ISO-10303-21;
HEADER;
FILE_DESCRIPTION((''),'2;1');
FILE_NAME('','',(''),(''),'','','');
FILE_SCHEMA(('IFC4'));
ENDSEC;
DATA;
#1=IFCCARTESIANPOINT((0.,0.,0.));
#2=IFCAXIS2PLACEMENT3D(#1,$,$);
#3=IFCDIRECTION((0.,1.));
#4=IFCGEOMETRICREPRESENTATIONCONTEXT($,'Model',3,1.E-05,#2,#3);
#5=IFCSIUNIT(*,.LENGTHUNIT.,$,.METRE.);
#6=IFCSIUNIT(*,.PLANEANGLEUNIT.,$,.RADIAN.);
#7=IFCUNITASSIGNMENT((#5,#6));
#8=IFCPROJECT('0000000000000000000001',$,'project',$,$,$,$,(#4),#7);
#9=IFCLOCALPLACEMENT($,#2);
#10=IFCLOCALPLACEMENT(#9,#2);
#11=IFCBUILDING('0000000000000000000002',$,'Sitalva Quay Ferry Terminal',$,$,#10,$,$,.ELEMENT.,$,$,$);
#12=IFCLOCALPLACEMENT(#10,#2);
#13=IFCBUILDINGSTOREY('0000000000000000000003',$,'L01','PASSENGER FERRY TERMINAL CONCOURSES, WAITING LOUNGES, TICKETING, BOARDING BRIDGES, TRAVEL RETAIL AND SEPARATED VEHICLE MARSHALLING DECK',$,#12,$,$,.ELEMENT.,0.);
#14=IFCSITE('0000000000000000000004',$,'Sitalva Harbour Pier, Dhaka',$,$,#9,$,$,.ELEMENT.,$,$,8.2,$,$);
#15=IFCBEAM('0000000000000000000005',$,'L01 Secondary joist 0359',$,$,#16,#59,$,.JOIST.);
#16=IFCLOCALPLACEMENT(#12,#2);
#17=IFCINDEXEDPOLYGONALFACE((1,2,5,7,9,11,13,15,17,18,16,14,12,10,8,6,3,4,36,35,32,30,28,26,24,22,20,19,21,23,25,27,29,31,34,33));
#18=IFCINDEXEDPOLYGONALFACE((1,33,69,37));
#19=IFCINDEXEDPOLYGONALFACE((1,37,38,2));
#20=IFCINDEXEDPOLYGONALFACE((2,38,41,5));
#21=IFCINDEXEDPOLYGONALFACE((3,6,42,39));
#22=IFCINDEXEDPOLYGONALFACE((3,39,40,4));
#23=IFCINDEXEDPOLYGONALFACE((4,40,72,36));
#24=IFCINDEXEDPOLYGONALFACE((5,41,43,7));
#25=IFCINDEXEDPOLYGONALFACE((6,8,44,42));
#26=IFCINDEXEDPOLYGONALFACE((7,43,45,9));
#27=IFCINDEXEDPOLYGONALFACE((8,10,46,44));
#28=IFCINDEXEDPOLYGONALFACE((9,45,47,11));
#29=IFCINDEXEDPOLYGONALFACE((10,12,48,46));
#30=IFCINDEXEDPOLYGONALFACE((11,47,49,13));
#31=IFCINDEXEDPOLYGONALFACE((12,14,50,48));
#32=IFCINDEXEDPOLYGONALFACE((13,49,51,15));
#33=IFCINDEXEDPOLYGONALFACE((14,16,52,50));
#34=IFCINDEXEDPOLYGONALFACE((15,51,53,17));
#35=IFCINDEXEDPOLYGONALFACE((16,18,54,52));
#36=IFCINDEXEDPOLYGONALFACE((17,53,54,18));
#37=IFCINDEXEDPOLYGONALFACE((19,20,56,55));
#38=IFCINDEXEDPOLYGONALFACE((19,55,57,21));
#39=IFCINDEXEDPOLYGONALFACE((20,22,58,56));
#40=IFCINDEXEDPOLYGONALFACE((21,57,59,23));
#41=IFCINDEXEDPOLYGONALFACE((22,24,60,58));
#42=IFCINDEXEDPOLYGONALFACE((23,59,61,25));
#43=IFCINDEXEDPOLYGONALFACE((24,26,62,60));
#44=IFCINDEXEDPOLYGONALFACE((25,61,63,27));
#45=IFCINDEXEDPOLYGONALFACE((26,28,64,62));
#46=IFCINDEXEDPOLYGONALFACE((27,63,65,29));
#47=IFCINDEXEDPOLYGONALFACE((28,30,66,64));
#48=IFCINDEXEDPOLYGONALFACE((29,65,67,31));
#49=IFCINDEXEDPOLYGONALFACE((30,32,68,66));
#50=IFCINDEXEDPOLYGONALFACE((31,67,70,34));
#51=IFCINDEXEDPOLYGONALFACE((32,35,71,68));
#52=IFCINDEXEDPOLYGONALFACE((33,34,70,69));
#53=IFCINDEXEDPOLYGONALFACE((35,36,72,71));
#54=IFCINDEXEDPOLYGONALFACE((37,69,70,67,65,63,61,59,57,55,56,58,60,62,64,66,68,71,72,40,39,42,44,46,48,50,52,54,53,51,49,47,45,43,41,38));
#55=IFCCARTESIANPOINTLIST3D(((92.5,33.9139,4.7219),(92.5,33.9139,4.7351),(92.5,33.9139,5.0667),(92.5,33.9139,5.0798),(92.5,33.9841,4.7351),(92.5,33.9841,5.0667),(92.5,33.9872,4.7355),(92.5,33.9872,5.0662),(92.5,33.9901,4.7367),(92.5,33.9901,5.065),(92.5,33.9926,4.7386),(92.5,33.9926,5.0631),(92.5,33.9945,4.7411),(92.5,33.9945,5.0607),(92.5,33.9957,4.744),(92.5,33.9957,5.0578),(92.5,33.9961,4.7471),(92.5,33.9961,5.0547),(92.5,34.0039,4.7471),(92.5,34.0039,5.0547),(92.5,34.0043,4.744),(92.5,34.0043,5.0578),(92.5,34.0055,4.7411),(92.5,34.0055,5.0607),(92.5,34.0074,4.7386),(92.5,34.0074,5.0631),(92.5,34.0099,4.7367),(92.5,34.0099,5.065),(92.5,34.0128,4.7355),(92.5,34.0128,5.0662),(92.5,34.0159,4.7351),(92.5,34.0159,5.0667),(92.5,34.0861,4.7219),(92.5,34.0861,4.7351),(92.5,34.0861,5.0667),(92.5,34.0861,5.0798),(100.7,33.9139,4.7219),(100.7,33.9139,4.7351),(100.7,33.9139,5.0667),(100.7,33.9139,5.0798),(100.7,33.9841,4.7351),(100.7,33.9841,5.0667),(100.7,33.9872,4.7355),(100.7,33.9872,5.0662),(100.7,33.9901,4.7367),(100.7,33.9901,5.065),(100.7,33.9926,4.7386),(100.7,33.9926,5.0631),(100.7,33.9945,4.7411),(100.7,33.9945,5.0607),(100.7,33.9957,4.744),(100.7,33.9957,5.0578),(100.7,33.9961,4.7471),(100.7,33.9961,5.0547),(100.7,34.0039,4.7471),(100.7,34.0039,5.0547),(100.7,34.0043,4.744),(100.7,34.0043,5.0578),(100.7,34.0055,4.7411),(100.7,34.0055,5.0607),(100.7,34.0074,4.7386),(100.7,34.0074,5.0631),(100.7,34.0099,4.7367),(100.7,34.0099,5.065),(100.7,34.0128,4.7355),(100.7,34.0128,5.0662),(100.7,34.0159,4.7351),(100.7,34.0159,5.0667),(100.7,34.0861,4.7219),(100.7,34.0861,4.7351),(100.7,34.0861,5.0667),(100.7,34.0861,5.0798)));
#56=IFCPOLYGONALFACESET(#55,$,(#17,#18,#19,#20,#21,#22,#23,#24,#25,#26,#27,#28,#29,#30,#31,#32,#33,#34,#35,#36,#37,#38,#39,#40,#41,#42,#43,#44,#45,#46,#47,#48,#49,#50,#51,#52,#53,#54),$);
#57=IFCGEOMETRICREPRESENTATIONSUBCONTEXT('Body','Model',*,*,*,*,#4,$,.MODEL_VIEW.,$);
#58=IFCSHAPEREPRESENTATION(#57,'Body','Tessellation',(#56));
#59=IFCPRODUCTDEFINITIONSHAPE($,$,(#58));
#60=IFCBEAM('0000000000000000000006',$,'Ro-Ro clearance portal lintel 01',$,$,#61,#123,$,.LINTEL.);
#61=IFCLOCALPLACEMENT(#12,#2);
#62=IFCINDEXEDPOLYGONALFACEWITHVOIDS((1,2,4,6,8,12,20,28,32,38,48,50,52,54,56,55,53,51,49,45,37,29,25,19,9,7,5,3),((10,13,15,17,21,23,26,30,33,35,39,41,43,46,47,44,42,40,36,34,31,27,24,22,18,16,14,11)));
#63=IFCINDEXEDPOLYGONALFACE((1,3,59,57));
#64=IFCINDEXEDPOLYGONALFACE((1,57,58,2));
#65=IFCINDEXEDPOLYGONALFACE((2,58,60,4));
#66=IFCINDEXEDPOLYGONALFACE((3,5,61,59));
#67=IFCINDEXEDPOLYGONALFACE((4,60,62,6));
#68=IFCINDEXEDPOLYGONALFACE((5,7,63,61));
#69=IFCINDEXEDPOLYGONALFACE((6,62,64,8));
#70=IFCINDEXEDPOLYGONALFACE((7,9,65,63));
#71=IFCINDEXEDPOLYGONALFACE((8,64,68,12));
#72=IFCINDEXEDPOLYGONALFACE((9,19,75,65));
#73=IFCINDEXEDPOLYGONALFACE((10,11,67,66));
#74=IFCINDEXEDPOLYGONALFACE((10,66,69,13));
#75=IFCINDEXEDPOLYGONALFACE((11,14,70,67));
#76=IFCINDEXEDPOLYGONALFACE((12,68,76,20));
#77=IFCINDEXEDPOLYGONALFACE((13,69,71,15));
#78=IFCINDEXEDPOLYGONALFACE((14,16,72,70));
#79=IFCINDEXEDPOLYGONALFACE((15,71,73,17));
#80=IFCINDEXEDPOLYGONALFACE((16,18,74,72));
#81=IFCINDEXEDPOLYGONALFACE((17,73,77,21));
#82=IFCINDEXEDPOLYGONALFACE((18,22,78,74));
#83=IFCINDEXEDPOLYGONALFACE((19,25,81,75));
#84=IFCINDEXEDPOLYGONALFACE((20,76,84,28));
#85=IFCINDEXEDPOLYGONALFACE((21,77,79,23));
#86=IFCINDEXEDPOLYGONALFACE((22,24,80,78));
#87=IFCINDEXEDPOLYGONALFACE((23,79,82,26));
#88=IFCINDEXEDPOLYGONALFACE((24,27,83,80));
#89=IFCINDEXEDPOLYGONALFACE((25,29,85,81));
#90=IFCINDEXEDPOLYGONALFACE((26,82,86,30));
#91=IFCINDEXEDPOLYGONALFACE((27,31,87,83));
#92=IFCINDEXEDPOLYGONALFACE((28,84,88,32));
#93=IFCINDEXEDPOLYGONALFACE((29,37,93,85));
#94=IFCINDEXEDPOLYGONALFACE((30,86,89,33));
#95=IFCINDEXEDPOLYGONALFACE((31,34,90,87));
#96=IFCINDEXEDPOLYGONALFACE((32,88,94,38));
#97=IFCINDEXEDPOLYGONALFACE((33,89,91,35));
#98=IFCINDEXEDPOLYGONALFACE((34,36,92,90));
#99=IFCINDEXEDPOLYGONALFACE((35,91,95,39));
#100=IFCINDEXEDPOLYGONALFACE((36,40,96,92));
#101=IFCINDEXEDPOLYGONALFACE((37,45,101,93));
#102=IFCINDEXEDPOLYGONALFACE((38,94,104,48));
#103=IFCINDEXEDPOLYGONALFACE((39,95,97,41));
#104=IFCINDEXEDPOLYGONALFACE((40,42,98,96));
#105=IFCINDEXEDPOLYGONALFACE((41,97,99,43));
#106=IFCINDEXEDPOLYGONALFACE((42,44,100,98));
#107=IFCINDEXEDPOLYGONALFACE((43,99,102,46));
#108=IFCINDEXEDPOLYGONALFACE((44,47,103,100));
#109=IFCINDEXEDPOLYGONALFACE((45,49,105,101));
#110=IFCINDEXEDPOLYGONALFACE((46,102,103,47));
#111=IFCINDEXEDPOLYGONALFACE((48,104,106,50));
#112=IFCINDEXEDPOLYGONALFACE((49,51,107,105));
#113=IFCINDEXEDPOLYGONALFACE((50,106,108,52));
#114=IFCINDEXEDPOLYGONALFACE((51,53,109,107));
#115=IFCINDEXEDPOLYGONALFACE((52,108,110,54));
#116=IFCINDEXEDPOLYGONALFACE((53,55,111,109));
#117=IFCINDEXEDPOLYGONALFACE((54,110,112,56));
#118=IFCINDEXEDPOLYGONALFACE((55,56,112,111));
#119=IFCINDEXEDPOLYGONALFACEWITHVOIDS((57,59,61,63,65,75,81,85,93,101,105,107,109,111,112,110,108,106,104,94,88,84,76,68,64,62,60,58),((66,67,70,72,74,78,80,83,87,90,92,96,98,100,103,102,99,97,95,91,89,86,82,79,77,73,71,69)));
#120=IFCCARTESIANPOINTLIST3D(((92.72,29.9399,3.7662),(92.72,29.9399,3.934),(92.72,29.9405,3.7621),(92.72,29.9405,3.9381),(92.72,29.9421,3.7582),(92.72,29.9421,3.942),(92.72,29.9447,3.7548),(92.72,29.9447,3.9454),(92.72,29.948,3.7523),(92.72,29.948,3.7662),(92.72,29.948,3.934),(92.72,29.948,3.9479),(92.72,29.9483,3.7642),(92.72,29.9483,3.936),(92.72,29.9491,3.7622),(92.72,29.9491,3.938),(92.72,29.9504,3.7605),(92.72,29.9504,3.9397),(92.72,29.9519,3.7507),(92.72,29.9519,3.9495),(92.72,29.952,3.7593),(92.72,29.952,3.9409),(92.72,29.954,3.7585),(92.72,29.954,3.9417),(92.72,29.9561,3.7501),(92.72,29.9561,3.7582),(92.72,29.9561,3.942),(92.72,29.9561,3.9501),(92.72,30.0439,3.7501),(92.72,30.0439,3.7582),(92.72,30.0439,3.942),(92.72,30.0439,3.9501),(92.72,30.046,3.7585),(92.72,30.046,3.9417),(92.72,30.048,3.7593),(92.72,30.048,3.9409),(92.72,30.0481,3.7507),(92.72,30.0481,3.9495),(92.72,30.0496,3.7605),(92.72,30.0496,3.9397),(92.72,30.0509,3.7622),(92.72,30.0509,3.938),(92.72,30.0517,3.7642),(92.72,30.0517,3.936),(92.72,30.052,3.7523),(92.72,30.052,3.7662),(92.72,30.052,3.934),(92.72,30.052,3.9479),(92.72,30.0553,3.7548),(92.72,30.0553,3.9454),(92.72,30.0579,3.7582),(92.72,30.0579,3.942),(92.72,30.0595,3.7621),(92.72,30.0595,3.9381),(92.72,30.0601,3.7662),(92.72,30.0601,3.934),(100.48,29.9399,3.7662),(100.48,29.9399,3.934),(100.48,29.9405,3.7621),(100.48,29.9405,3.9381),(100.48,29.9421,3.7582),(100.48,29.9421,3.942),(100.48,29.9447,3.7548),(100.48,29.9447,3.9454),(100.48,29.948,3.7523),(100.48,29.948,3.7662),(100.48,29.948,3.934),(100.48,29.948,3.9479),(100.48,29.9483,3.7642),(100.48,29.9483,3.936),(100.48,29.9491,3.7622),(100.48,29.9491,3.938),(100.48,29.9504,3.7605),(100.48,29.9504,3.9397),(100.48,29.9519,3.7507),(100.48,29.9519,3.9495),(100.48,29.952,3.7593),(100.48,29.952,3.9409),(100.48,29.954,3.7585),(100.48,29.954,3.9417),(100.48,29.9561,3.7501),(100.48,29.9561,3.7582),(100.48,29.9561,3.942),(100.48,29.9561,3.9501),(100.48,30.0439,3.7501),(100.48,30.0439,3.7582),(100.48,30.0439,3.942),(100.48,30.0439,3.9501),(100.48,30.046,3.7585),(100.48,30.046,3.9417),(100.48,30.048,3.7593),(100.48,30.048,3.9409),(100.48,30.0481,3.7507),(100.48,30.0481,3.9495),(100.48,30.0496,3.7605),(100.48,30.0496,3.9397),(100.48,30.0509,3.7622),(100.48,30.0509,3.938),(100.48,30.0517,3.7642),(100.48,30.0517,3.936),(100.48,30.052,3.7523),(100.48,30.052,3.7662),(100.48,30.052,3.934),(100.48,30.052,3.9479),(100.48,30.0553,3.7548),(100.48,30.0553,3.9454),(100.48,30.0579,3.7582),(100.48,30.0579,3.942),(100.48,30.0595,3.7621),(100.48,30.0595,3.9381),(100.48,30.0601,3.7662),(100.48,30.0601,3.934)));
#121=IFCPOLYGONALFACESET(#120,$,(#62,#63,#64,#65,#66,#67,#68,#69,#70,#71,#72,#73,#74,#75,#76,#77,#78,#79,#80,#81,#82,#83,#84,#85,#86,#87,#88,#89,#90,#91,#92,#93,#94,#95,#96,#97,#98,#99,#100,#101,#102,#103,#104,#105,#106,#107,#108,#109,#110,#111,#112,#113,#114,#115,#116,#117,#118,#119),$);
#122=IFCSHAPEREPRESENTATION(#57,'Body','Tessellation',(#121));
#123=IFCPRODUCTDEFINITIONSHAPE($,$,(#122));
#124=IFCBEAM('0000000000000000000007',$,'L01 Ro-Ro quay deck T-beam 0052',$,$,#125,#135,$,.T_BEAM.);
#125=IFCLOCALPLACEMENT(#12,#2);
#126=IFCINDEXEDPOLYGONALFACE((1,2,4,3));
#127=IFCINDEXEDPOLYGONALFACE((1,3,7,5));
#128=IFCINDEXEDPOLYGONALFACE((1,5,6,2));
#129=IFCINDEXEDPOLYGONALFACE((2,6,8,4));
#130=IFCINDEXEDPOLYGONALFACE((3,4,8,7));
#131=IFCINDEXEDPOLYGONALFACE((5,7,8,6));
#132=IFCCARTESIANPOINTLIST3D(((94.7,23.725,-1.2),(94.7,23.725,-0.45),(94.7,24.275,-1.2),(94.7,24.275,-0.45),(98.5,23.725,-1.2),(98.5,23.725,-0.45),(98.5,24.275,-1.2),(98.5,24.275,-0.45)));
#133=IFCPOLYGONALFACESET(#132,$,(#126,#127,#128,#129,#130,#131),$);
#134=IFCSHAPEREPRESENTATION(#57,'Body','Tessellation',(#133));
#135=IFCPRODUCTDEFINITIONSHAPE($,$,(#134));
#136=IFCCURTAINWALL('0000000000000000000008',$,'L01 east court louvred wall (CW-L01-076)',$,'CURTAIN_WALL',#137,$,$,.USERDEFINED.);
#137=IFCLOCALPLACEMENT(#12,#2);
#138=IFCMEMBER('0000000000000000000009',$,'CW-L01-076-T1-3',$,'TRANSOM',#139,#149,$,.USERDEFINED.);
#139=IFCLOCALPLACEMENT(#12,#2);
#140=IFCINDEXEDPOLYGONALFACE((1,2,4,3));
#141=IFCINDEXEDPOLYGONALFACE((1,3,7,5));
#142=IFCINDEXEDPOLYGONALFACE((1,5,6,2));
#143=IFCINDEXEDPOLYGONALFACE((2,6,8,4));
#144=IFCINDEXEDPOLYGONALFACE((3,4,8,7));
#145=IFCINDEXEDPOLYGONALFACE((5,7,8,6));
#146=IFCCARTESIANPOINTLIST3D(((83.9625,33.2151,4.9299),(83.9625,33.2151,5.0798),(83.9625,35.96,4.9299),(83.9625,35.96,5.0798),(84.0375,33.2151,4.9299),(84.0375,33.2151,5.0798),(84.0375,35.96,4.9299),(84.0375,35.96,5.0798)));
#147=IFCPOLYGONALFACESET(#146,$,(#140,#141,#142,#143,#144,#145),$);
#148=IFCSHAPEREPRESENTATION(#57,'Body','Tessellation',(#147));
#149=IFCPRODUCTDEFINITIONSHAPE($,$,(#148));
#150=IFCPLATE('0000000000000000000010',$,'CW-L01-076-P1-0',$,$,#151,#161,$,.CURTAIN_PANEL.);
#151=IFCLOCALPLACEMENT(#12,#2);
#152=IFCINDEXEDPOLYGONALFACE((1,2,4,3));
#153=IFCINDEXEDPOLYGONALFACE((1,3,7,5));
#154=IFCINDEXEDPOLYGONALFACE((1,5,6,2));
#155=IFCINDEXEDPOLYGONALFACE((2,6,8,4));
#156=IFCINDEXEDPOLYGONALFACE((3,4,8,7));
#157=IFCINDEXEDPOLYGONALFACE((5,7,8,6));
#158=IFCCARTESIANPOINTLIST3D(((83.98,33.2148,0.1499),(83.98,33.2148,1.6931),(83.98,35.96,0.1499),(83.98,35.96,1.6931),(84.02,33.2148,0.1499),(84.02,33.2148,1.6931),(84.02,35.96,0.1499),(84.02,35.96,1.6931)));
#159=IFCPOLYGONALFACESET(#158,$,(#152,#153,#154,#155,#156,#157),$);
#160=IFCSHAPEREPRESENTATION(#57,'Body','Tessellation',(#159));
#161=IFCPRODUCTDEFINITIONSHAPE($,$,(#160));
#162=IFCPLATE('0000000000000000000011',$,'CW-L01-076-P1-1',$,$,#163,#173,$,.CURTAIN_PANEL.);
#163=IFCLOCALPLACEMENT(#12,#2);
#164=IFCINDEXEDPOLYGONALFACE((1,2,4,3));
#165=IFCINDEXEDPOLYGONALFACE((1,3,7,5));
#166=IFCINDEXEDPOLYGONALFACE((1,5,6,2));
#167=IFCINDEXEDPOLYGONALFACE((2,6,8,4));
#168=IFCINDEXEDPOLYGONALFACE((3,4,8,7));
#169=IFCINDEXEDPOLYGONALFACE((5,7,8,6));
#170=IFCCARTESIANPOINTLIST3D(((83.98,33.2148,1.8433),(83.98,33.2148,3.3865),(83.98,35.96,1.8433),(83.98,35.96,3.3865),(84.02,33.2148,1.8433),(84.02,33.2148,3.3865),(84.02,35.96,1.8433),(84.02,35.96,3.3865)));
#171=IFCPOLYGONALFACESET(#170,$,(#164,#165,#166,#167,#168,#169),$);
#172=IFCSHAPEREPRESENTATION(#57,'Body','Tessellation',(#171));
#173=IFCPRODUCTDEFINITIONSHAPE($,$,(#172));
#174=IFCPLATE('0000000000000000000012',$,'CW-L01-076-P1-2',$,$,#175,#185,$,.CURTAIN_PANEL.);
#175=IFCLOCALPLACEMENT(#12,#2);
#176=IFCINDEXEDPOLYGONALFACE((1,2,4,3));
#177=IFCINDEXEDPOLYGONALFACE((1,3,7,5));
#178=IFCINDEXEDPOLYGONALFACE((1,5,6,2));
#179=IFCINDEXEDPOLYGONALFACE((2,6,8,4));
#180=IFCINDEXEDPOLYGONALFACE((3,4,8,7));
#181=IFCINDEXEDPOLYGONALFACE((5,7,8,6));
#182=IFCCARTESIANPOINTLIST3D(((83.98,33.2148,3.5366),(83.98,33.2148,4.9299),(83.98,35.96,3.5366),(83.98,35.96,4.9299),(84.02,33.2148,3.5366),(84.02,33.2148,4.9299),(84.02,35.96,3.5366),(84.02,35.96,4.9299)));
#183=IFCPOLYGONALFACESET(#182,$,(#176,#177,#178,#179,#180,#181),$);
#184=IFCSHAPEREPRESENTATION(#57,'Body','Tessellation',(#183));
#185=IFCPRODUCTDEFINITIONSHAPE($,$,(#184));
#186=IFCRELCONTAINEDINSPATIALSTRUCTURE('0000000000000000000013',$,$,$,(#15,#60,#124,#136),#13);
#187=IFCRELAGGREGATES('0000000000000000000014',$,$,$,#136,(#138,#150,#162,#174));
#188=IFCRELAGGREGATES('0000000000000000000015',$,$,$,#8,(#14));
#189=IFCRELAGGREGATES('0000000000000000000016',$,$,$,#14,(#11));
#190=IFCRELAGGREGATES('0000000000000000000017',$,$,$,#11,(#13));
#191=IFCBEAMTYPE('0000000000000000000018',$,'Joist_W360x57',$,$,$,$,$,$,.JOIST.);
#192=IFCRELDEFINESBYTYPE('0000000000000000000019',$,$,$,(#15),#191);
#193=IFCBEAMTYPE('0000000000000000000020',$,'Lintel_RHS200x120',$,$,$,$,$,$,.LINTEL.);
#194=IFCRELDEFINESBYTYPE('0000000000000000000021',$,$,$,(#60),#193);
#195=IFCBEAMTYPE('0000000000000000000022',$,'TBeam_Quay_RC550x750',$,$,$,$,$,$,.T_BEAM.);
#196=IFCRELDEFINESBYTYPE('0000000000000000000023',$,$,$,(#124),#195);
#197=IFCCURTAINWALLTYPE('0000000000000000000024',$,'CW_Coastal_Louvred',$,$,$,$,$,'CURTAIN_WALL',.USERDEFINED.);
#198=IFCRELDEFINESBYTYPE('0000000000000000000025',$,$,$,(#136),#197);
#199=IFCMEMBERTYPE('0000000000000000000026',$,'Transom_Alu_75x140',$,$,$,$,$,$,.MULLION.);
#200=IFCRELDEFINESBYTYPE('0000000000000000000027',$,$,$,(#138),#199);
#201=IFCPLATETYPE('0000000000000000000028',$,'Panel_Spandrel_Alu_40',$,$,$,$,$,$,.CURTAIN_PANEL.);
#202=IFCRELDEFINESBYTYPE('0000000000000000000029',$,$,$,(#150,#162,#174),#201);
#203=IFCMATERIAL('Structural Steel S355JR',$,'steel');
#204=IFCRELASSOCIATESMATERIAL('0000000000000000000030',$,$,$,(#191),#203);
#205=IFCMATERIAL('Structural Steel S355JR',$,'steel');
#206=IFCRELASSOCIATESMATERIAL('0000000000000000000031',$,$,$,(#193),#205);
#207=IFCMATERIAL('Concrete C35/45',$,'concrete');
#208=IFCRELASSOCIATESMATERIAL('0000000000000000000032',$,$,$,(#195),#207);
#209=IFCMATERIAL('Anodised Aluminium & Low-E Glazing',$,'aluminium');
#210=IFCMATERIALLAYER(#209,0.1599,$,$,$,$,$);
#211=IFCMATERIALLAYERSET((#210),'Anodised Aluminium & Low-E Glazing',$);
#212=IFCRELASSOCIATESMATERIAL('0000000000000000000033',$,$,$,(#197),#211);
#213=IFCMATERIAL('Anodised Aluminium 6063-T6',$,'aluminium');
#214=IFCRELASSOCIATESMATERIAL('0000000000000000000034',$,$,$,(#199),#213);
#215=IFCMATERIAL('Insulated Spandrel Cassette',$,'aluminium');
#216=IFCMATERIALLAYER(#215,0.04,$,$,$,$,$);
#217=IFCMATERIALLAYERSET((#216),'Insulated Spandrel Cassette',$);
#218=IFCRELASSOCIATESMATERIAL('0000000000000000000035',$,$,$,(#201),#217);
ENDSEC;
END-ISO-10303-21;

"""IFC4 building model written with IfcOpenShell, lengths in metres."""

from ifc_helpers import new_model, si_unit, direction, frame, origin, origin_2d, place, context, subcontext, project, spatial, rectangle, hollow_rectangle, i_section, extrude, material, layer, layer_set, material_profile, profile_set, type_object, element, aggregate, save


model = new_model("IFC4")

# Units and contexts
model_context = context("Model", 3, precision=1e-05, world=origin(), true_north=direction((0.0, 1.0)))
body_context = subcontext(model_context, "Body", "Model", "MODEL_VIEW")
ifc_project = project(units=[si_unit("LENGTHUNIT", "METRE"), si_unit("PLANEANGLEUNIT", "RADIAN")], contexts=[model_context])

# Site, building, storey
site_placement = place(None, origin())
site = spatial("IfcSite", under=ifc_project, at=site_placement, Name="Sitalva Harbour Pier, Dhaka", CompositionType="ELEMENT", RefElevation=8.2)
building_placement = place(site_placement, origin())
building = spatial("IfcBuilding", under=site, at=building_placement, Name="Sitalva Quay Ferry Terminal", CompositionType="ELEMENT")
storey_placement = place(building_placement, origin())
storey = spatial("IfcBuildingStorey", under=building, at=storey_placement, Name="L01", Description="PASSENGER FERRY TERMINAL CONCOURSES, WAITING LOUNGES, TICKETING, BOARDING BRIDGES, TRAVEL RETAIL AND SEPARATED VEHICLE MARSHALLING DECK", CompositionType="ELEMENT", Elevation=0.0)

# Beams
ifc_material_1 = material(Name="Structural Steel S355JR", Category="steel")
ifc_material_profile_1 = material_profile(ifc_material_1, i_section(OverallWidth=0.1721, OverallDepth=0.3579, WebThickness=0.0078, FlangeThickness=0.0132, FilletRadius=0.012, at=origin_2d()), Name="W360x57")
ifc_profile_set_1 = profile_set([ifc_material_profile_1], Name="Structural Steel S355JR")
beam_type_1 = type_object("IfcBeamType", Name="Joist_W360x57", PredefinedType="JOIST", material=ifc_profile_set_1)
for number, where, z_axis, x_axis, name in (
    (1, (92.5, 34.0, 4.9009), (1.0, 0.0, 0.0), (0.0, 1.0, 0.0), "L01 Secondary joist 0359"),
):
    element("IfcBeam", number, at=place(storey_placement, frame(where, z_axis=z_axis, x_axis=x_axis)), inside=storey, type_object=beam_type_1, Name=name, PredefinedType="JOIST", context=body_context, shape_type="SweptSolid", body=[
        extrude(i_section(OverallWidth=0.1721, OverallDepth=0.3579, WebThickness=0.0078, FlangeThickness=0.0132, FilletRadius=0.012, at=origin_2d()), origin(), (0.0, 0.0, 1.0), 8.2),
    ])
ifc_material_2 = material(Name="Structural Steel S355JR", Category="steel")
ifc_material_profile_2 = material_profile(ifc_material_2, hollow_rectangle(XDim=0.1201, YDim=0.2, WallThickness=0.0081, InnerFilletRadius=0.0081, OuterFilletRadius=0.0161, at=origin_2d()), Name="RHS200x120x8")
ifc_profile_set_2 = profile_set([ifc_material_profile_2], Name="Structural Steel S355JR")
beam_type_2 = type_object("IfcBeamType", Name="Lintel_RHS200x120", PredefinedType="LINTEL", material=ifc_profile_set_2)
beam_1_placement = place(storey_placement, frame((92.72, 30.0, 3.8501), z_axis=(1.0, 0.0, 0.0), x_axis=(0.0, 1.0, 0.0)))
element("IfcBeam", 2, at=beam_1_placement, inside=storey, type_object=beam_type_2, Name="Ro-Ro clearance portal lintel 01", PredefinedType="LINTEL", context=body_context, shape_type="SweptSolid", body=[
    extrude(hollow_rectangle(XDim=0.1201, YDim=0.2, WallThickness=0.0081, InnerFilletRadius=0.0081, OuterFilletRadius=0.0161, at=origin_2d()), origin(), (0.0, 0.0, 1.0), 7.76),
])
ifc_material_3 = material(Name="Concrete C35/45", Category="concrete")
ifc_material_profile_3 = material_profile(ifc_material_3, rectangle(XDim=0.55, YDim=0.75, at=origin_2d()), Name="RC550x750")
ifc_profile_set_3 = profile_set([ifc_material_profile_3], Name="Concrete C35/45")
beam_type_3 = type_object("IfcBeamType", Name="TBeam_Quay_RC550x750", PredefinedType="T_BEAM", material=ifc_profile_set_3)
beam_2_placement = place(storey_placement, frame((94.7, 24.0, -0.825), z_axis=(1.0, 0.0, 0.0), x_axis=(0.0, 1.0, 0.0)))
element("IfcBeam", 3, at=beam_2_placement, inside=storey, type_object=beam_type_3, Name="L01 Ro-Ro quay deck T-beam 0052", PredefinedType="T_BEAM", context=body_context, shape_type="SweptSolid", body=[
    extrude(rectangle(XDim=0.55, YDim=0.75, at=origin_2d()), origin(), (0.0, 0.0, 1.0), 3.8),
])

# Curtain wall, member, plates
ifc_material_4 = material(Name="Anodised Aluminium & Low-E Glazing", Category="aluminium")
ifc_layer_1 = layer(ifc_material_4, 0.1599)
ifc_layer_set_1 = layer_set([ifc_layer_1], Name="Anodised Aluminium & Low-E Glazing")
curtain_wall_type = type_object("IfcCurtainWallType", Name="CW_Coastal_Louvred", ElementType="CURTAIN_WALL", PredefinedType="USERDEFINED", material=ifc_layer_set_1)
curtain_wall_placement = place(storey_placement, origin())
curtain_wall = element("IfcCurtainWall", 4, at=curtain_wall_placement, inside=storey, type_object=curtain_wall_type, Name="L01 east court louvred wall (CW-L01-076)", ObjectType="CURTAIN_WALL", PredefinedType="USERDEFINED")
ifc_material_5 = material(Name="Anodised Aluminium 6063-T6", Category="aluminium")
ifc_material_profile_4 = material_profile(ifc_material_5, rectangle(XDim=0.075, YDim=0.1499, at=origin_2d()), Name="ALU75x150")
ifc_profile_set_4 = profile_set([ifc_material_profile_4], Name="Anodised Aluminium 6063-T6")
member_type = type_object("IfcMemberType", Name="Transom_Alu_75x140", PredefinedType="MULLION", material=ifc_profile_set_4)
member_placement = place(storey_placement, frame((84.0, 33.2151, 5.0049), z_axis=(0.0, 1.0, 0.0), x_axis=(-1.0, 0.0, 0.0)))
member = element("IfcMember", 5, at=member_placement, type_object=member_type, Name="CW-L01-076-T1-3", ObjectType="TRANSOM", PredefinedType="USERDEFINED", context=body_context, shape_type="SweptSolid", body=[
    extrude(rectangle(XDim=0.075, YDim=0.1499, at=origin_2d()), origin(), (0.0, 0.0, 1.0), 2.7449),
])
ifc_material_6 = material(Name="Insulated Spandrel Cassette", Category="aluminium")
ifc_layer_2 = layer(ifc_material_6, 0.04)
ifc_layer_set_2 = layer_set([ifc_layer_2], Name="Insulated Spandrel Cassette")
plate_type = type_object("IfcPlateType", Name="Panel_Spandrel_Alu_40", PredefinedType="CURTAIN_PANEL", material=ifc_layer_set_2)
plate_1_placement = place(storey_placement, frame((84.0, 34.5874, 0.1499), z_axis=(0.0, 0.0, 1.0), x_axis=(0.0, 1.0, 0.0)))
plate_1 = element("IfcPlate", 6, at=plate_1_placement, type_object=plate_type, Name="CW-L01-076-P1-0", PredefinedType="CURTAIN_PANEL", context=body_context, shape_type="SweptSolid", body=[
    extrude(rectangle(XDim=2.7451, YDim=0.04, at=origin_2d()), origin(), (0.0, 0.0, 1.0), 1.5432),
])
plate_2_placement = place(storey_placement, frame((84.0, 34.5874, 1.8433), z_axis=(0.0, 0.0, 1.0), x_axis=(0.0, 1.0, 0.0)))
plate_2 = element("IfcPlate", 7, at=plate_2_placement, type_object=plate_type, Name="CW-L01-076-P1-1", PredefinedType="CURTAIN_PANEL", context=body_context, shape_type="SweptSolid", body=[
    extrude(rectangle(XDim=2.7451, YDim=0.04, at=origin_2d()), origin(), (0.0, 0.0, 1.0), 1.5432),
])
plate_3_placement = place(storey_placement, frame((84.0, 34.5874, 3.5366), z_axis=(0.0, 0.0, 1.0), x_axis=(0.0, 1.0, 0.0)))
plate_3 = element("IfcPlate", 8, at=plate_3_placement, type_object=plate_type, Name="CW-L01-076-P1-2", PredefinedType="CURTAIN_PANEL", context=body_context, shape_type="SweptSolid", body=[
    extrude(rectangle(XDim=2.7451, YDim=0.04, at=origin_2d()), origin(), (0.0, 0.0, 1.0), 1.3933),
])
aggregate(curtain_wall, [member, plate_1, plate_2, plate_3])

save(model, "model.ifc")
